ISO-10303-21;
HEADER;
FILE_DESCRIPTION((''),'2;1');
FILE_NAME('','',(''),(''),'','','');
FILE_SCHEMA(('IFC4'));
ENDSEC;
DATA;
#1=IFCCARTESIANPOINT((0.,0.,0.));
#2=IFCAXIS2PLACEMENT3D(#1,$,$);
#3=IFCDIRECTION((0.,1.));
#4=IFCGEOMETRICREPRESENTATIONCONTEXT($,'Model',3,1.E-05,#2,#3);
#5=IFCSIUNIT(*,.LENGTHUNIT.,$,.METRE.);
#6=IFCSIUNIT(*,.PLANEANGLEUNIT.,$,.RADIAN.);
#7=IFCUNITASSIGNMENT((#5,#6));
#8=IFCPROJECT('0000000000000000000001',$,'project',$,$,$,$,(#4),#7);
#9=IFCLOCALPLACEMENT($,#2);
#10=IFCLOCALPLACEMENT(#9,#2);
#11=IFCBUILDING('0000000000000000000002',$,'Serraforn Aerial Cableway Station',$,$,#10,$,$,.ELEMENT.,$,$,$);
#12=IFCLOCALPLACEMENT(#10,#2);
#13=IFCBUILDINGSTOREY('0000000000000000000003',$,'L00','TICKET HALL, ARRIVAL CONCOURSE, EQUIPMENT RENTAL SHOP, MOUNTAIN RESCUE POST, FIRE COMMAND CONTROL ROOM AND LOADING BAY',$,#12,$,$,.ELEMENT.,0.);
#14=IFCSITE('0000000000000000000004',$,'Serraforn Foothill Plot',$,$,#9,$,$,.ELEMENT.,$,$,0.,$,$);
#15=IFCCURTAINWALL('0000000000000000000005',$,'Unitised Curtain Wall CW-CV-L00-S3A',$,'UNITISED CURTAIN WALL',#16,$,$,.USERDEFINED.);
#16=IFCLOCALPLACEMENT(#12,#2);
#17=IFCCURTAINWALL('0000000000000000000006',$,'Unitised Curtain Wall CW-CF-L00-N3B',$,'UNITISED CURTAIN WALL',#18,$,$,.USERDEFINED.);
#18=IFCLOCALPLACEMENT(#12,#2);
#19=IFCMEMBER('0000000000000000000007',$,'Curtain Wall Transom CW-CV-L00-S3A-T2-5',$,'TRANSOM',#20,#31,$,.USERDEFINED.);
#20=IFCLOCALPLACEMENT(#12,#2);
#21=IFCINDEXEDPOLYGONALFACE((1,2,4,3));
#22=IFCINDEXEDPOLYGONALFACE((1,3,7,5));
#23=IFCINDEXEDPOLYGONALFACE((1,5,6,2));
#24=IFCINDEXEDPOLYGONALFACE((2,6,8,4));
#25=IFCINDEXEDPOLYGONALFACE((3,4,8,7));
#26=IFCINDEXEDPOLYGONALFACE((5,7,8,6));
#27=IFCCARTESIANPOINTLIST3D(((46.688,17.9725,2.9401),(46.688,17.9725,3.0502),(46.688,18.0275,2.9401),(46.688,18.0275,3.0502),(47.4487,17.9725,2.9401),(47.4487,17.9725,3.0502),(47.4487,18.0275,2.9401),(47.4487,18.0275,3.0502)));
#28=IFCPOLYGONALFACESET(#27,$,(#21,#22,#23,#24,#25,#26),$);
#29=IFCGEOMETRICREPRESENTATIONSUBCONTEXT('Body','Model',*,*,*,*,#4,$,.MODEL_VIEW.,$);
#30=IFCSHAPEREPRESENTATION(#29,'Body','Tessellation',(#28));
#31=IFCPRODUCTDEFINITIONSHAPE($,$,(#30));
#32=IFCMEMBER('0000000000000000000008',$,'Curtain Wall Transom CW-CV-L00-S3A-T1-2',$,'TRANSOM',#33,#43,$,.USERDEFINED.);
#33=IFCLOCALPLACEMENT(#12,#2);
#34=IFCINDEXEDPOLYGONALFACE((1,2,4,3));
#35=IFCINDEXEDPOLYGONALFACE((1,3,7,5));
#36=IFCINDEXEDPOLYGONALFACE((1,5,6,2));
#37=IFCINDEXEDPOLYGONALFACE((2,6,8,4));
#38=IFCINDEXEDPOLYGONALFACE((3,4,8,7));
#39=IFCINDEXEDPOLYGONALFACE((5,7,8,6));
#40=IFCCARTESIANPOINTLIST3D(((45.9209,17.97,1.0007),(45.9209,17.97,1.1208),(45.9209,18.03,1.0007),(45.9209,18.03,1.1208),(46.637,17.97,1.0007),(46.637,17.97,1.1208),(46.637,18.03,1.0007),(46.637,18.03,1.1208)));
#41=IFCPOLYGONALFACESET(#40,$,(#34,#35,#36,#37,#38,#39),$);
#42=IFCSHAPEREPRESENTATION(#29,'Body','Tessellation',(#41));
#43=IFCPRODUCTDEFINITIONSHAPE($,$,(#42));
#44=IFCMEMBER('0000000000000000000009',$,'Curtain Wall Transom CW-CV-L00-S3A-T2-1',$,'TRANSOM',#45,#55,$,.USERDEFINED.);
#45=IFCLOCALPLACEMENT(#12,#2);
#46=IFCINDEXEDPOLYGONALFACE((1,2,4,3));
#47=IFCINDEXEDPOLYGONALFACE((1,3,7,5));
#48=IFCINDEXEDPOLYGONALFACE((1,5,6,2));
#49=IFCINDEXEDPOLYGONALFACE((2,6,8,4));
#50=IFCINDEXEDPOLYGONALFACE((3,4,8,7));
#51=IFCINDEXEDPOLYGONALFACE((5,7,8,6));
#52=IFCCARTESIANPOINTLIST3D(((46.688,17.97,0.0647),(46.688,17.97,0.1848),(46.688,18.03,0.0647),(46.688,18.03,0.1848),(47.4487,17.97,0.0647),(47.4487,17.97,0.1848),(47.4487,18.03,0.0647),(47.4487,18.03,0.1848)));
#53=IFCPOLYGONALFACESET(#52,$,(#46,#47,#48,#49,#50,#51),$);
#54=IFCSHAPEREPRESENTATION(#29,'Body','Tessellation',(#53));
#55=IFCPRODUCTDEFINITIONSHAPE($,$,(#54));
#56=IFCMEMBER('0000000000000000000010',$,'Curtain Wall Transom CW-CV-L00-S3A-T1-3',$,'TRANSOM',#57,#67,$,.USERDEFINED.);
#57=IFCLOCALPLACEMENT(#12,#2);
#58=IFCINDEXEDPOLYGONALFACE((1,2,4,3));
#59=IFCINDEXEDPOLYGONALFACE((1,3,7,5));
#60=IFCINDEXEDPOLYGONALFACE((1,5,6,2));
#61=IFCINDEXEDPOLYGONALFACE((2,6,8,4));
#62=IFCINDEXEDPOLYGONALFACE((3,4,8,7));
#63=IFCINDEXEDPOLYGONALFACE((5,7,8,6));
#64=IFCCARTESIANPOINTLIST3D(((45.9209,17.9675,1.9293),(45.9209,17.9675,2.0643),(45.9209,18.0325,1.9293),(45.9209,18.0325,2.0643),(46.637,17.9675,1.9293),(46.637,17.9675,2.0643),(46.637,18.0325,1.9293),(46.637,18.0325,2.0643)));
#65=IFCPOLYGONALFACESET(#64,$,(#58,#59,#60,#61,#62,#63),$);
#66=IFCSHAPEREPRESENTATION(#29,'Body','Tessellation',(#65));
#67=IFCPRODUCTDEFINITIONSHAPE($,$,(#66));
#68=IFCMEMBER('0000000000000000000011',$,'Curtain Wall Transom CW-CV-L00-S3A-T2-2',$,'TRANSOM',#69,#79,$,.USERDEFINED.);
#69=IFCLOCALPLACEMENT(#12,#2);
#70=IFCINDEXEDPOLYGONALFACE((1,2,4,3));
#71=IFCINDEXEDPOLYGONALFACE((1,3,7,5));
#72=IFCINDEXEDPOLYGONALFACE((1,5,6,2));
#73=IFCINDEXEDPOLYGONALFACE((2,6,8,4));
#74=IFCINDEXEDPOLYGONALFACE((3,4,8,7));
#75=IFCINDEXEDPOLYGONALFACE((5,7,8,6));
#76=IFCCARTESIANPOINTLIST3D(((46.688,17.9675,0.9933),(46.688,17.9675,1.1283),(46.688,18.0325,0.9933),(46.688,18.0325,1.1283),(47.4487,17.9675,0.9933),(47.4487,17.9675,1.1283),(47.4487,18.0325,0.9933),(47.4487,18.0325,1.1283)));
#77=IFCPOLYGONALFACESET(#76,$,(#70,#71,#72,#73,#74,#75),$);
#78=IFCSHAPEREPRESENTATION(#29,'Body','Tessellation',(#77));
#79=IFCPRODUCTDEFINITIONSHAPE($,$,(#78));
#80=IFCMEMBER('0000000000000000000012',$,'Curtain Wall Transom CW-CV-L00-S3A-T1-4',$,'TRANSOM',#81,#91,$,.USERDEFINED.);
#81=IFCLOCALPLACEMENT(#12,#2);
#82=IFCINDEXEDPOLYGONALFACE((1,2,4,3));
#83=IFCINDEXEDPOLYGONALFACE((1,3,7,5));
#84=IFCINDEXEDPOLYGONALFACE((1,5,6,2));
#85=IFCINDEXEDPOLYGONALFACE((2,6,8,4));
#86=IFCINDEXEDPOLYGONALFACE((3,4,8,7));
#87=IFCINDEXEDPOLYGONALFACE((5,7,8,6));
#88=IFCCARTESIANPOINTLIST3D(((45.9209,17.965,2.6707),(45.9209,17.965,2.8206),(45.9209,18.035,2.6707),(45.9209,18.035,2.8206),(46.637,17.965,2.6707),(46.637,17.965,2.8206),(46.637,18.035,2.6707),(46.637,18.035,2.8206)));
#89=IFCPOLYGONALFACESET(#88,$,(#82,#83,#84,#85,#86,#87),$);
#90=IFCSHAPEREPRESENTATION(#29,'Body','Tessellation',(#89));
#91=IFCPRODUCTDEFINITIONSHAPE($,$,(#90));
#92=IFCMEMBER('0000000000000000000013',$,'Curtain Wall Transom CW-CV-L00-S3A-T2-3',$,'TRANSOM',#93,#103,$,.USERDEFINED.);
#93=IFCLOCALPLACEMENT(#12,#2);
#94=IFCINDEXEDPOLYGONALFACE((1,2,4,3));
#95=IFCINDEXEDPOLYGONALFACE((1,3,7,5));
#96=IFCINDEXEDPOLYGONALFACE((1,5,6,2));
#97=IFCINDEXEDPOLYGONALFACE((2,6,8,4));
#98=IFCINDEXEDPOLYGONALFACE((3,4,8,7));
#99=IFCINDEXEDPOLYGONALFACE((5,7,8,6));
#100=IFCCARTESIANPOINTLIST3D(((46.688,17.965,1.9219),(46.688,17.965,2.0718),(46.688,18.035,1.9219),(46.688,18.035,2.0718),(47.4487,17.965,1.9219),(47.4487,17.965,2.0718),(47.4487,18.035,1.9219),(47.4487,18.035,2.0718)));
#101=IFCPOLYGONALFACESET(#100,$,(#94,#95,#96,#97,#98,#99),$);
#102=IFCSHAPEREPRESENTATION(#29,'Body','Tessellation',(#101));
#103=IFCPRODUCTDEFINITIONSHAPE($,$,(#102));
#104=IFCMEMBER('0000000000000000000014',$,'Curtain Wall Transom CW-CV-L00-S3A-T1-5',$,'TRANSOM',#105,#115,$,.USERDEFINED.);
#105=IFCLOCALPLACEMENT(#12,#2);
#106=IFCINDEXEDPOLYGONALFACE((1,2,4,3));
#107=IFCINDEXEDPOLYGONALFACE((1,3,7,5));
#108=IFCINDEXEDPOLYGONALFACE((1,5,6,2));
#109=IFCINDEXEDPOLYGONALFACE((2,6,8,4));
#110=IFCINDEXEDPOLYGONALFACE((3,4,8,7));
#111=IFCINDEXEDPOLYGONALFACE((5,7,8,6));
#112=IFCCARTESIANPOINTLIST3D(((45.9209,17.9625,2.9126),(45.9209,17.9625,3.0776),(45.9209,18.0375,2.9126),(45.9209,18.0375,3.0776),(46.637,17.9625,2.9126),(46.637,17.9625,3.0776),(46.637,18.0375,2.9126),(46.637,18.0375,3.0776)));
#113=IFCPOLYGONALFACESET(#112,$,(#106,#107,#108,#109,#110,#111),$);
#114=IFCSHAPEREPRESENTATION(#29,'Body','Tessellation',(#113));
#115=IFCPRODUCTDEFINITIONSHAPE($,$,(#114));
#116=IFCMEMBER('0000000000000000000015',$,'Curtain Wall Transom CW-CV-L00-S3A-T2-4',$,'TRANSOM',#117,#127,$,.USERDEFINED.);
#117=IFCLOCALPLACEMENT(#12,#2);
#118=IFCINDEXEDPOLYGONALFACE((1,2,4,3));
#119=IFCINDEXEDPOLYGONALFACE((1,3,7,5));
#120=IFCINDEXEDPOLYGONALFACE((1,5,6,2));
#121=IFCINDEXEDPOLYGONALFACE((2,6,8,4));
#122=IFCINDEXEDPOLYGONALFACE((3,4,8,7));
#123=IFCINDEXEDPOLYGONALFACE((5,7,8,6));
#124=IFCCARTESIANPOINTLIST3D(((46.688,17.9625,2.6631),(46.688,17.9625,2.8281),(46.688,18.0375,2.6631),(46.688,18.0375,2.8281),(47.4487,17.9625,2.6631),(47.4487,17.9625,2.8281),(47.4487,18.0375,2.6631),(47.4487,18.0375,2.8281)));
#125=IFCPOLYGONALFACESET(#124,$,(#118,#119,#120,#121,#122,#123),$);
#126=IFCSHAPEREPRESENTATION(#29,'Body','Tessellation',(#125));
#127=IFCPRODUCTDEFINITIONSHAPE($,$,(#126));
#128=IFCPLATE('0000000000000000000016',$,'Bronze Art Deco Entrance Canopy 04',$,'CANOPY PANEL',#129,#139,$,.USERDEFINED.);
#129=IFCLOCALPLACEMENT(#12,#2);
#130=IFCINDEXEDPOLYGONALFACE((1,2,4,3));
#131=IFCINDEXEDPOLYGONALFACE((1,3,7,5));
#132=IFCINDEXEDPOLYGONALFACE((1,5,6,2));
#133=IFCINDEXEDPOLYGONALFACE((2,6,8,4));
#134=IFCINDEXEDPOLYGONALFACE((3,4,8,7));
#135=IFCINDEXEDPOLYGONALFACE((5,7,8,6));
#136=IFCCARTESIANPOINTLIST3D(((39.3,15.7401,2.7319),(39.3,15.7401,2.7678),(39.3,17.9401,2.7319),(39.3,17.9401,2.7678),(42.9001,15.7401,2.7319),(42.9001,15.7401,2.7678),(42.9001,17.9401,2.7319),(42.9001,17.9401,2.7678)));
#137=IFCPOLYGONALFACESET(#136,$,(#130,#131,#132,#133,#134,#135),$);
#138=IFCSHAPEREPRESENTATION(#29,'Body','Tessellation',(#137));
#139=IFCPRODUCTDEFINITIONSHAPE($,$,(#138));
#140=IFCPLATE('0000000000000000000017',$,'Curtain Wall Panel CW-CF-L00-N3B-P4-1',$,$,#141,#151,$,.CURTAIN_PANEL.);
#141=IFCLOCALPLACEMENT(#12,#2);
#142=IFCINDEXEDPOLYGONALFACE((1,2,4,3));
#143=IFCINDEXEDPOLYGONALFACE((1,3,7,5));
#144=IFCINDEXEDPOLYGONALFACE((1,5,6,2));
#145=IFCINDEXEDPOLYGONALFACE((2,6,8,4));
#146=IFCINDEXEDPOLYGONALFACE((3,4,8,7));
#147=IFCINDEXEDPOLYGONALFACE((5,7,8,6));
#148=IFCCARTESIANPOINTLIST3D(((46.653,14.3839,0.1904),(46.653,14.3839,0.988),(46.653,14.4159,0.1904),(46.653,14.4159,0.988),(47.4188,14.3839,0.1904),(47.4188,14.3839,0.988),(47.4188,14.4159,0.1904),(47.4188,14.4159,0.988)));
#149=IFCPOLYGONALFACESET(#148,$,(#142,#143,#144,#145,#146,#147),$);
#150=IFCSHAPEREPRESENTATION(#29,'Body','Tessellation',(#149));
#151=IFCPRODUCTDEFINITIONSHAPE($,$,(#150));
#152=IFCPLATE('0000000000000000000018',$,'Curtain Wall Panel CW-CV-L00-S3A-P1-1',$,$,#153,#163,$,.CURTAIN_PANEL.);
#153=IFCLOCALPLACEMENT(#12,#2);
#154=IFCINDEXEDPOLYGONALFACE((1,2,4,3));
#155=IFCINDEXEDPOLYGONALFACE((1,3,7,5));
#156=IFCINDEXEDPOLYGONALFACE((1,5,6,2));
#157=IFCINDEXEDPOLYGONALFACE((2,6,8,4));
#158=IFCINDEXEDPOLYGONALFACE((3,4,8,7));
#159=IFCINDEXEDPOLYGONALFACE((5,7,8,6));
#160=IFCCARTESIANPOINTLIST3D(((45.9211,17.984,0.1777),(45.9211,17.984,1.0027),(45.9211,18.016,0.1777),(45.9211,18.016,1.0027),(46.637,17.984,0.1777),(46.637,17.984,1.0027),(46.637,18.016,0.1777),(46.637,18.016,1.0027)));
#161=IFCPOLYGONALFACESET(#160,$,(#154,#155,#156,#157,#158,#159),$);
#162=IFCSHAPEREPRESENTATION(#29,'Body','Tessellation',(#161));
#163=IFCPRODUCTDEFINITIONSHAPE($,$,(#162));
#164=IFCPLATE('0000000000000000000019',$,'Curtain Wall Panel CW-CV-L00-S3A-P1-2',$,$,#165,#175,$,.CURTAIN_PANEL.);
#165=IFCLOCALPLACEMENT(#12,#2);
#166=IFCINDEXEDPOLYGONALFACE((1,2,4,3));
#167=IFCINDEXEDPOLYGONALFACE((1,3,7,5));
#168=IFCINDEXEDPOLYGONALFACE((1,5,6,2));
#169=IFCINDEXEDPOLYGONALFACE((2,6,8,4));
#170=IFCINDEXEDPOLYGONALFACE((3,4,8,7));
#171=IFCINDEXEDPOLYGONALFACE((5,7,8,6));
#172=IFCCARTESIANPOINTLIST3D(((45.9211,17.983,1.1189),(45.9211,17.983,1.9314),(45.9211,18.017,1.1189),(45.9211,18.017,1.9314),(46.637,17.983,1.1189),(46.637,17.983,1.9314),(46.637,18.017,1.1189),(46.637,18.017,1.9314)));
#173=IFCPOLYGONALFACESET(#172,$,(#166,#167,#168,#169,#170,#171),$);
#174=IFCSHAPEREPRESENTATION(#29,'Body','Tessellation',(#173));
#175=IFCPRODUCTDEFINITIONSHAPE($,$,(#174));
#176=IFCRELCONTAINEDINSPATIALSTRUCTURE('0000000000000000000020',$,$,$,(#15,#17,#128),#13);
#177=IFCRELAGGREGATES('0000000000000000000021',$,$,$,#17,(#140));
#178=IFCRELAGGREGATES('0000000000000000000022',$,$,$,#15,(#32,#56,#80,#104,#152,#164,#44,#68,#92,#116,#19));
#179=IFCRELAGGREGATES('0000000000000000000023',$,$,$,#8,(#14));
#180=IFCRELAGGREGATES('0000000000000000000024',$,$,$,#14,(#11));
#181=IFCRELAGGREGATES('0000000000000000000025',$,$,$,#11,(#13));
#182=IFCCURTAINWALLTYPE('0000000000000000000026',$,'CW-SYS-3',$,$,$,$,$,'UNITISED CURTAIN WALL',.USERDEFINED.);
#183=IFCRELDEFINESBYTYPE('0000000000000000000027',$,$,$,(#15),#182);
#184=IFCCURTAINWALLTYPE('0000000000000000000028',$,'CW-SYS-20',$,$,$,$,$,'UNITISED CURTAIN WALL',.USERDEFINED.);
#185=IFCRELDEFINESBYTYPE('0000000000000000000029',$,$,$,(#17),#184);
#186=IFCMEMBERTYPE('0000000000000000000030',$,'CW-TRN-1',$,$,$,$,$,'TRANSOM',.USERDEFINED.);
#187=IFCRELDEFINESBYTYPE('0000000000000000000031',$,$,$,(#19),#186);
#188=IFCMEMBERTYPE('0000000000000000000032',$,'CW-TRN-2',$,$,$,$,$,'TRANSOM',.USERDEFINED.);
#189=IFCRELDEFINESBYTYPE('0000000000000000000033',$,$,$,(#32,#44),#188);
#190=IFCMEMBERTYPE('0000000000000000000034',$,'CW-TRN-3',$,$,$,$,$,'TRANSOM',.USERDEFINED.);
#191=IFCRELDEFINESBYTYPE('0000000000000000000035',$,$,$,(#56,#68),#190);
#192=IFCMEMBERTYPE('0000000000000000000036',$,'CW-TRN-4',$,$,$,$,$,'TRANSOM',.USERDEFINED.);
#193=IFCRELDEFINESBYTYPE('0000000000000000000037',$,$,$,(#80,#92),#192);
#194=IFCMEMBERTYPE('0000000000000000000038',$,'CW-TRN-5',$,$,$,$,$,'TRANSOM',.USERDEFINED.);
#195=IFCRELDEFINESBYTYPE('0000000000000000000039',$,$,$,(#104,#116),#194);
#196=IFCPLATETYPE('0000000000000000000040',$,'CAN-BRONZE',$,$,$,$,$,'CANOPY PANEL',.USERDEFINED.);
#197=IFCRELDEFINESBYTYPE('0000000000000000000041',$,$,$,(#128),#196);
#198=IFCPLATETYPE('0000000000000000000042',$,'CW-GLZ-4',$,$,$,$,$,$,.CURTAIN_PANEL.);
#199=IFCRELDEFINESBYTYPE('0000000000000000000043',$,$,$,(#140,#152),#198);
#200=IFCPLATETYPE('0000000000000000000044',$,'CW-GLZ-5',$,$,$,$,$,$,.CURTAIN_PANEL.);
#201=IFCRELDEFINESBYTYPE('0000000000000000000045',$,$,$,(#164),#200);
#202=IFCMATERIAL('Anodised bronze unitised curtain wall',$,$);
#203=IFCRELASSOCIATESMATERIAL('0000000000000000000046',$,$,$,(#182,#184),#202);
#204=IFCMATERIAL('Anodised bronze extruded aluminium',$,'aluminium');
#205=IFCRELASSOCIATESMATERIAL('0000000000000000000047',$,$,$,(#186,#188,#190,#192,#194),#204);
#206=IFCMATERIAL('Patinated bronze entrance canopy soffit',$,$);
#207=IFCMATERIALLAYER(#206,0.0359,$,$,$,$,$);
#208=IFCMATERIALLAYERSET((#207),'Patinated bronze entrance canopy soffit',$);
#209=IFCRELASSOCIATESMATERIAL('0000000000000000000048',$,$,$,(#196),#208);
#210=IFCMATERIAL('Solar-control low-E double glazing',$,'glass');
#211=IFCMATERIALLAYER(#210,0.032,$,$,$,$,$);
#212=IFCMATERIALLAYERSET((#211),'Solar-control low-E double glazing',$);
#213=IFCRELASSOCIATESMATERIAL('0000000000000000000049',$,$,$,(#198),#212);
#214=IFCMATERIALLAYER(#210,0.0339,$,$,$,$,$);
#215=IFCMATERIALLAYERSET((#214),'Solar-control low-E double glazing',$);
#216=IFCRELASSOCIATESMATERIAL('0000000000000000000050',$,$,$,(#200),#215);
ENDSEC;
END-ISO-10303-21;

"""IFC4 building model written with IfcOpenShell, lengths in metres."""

from ifc_helpers import new_model, si_unit, direction, frame, origin, origin_2d, place, context, subcontext, project, spatial, rectangle, extrude, material, layer, layer_set, material_profile, profile_set, type_object, element, aggregate, save


model = new_model("IFC4")

# Units and contexts
model_context = context("Model", 3, precision=1e-05, world=origin(), true_north=direction((0.0, 1.0)))
body_context = subcontext(model_context, "Body", "Model", "MODEL_VIEW")
ifc_project = project(units=[si_unit("LENGTHUNIT", "METRE"), si_unit("PLANEANGLEUNIT", "RADIAN")], contexts=[model_context])

# Site, building, storey
site_placement = place(None, origin())
site = spatial("IfcSite", under=ifc_project, at=site_placement, Name="Serraforn Foothill Plot", CompositionType="ELEMENT", RefElevation=0.0)
building_placement = place(site_placement, origin())
building = spatial("IfcBuilding", under=site, at=building_placement, Name="Serraforn Aerial Cableway Station", CompositionType="ELEMENT")
storey_placement = place(building_placement, origin())
storey = spatial("IfcBuildingStorey", under=building, at=storey_placement, Name="L00", Description="TICKET HALL, ARRIVAL CONCOURSE, EQUIPMENT RENTAL SHOP, MOUNTAIN RESCUE POST, FIRE COMMAND CONTROL ROOM AND LOADING BAY", CompositionType="ELEMENT", Elevation=0.0)

# Curtain walls
ifc_material_1 = material(Name="Anodised bronze unitised curtain wall")
curtain_wall_type_1 = type_object("IfcCurtainWallType", Name="CW-SYS-3", ElementType="UNITISED CURTAIN WALL", PredefinedType="USERDEFINED", material=ifc_material_1)
curtain_wall_1_placement = place(storey_placement, origin())
curtain_wall_1 = element("IfcCurtainWall", 1, at=curtain_wall_1_placement, inside=storey, type_object=curtain_wall_type_1, Name="Unitised Curtain Wall CW-CV-L00-S3A", ObjectType="UNITISED CURTAIN WALL", PredefinedType="USERDEFINED")
ifc_material_2 = material(Name="Anodised bronze extruded aluminium", Category="aluminium")
curtain_wall_type_2 = type_object("IfcCurtainWallType", Name="CW-SYS-20", ElementType="UNITISED CURTAIN WALL", PredefinedType="USERDEFINED", material=ifc_material_1)
curtain_wall_2_placement = place(storey_placement, origin())
curtain_wall_2 = element("IfcCurtainWall", 2, at=curtain_wall_2_placement, inside=storey, type_object=curtain_wall_type_2, Name="Unitised Curtain Wall CW-CF-L00-N3B", ObjectType="UNITISED CURTAIN WALL", PredefinedType="USERDEFINED")

# Members
ifc_material_profile_1 = material_profile(ifc_material_2, rectangle(XDim=0.0549, YDim=0.1101, at=origin_2d()), Name="CW TRANSOM 55x110")
ifc_profile_set_1 = profile_set([ifc_material_profile_1], Name="Anodised bronze extruded aluminium")
member_type_1 = type_object("IfcMemberType", Name="CW-TRN-1", ElementType="TRANSOM", PredefinedType="USERDEFINED", material=ifc_profile_set_1)
member_1_placement = place(storey_placement, frame((46.688, 18.0, 2.9951), z_axis=(1.0, 0.0, 0.0), x_axis=(0.0, 1.0, 0.0)))
member_1 = element("IfcMember", 3, at=member_1_placement, type_object=member_type_1, Name="Curtain Wall Transom CW-CV-L00-S3A-T2-5", ObjectType="TRANSOM", PredefinedType="USERDEFINED", context=body_context, shape_type="SweptSolid", body=[
    extrude(rectangle(XDim=0.0549, YDim=0.1101, at=origin_2d()), origin(), (0.0, 0.0, 1.0), 0.7607),
])
ifc_material_profile_2 = material_profile(ifc_material_2, rectangle(XDim=0.0601, YDim=0.1201, at=origin_2d()), Name="CW TRANSOM 60x120")
ifc_profile_set_2 = profile_set([ifc_material_profile_2], Name="Anodised bronze extruded aluminium")
member_type_2 = type_object("IfcMemberType", Name="CW-TRN-2", ElementType="TRANSOM", PredefinedType="USERDEFINED", material=ifc_profile_set_2)
member_2_placement = place(storey_placement, frame((45.9209, 18.0, 1.0608), z_axis=(1.0, 0.0, 0.0), x_axis=(0.0, 1.0, 0.0)))
member_2 = element("IfcMember", 4, at=member_2_placement, type_object=member_type_2, Name="Curtain Wall Transom CW-CV-L00-S3A-T1-2", ObjectType="TRANSOM", PredefinedType="USERDEFINED", context=body_context, shape_type="SweptSolid", body=[
    extrude(rectangle(XDim=0.0601, YDim=0.1201, at=origin_2d()), origin(), (0.0, 0.0, 1.0), 0.7161),
])
member_3_placement = place(storey_placement, frame((46.688, 18.0, 0.1248), z_axis=(1.0, 0.0, 0.0), x_axis=(0.0, 1.0, 0.0)))
member_3 = element("IfcMember", 5, at=member_3_placement, type_object=member_type_2, Name="Curtain Wall Transom CW-CV-L00-S3A-T2-1", ObjectType="TRANSOM", PredefinedType="USERDEFINED", context=body_context, shape_type="SweptSolid", body=[
    extrude(rectangle(XDim=0.0601, YDim=0.1201, at=origin_2d()), origin(), (0.0, 0.0, 1.0), 0.7607),
])
ifc_material_profile_3 = material_profile(ifc_material_2, rectangle(XDim=0.0649, YDim=0.135, at=origin_2d()), Name="CW TRANSOM 65x135")
ifc_profile_set_3 = profile_set([ifc_material_profile_3], Name="Anodised bronze extruded aluminium")
member_type_3 = type_object("IfcMemberType", Name="CW-TRN-3", ElementType="TRANSOM", PredefinedType="USERDEFINED", material=ifc_profile_set_3)
member_4_placement = place(storey_placement, frame((45.9209, 18.0, 1.9968), z_axis=(1.0, 0.0, 0.0), x_axis=(0.0, 1.0, 0.0)))
member_4 = element("IfcMember", 6, at=member_4_placement, type_object=member_type_3, Name="Curtain Wall Transom CW-CV-L00-S3A-T1-3", ObjectType="TRANSOM", PredefinedType="USERDEFINED", context=body_context, shape_type="SweptSolid", body=[
    extrude(rectangle(XDim=0.0649, YDim=0.135, at=origin_2d()), origin(), (0.0, 0.0, 1.0), 0.7161),
])
member_5_placement = place(storey_placement, frame((46.688, 18.0, 1.0608), z_axis=(1.0, 0.0, 0.0), x_axis=(0.0, 1.0, 0.0)))
member_5 = element("IfcMember", 7, at=member_5_placement, type_object=member_type_3, Name="Curtain Wall Transom CW-CV-L00-S3A-T2-2", ObjectType="TRANSOM", PredefinedType="USERDEFINED", context=body_context, shape_type="SweptSolid", body=[
    extrude(rectangle(XDim=0.0649, YDim=0.135, at=origin_2d()), origin(), (0.0, 0.0, 1.0), 0.7607),
])
ifc_material_profile_4 = material_profile(ifc_material_2, rectangle(XDim=0.0701, YDim=0.1499, at=origin_2d()), Name="CW TRANSOM 70x150")
ifc_profile_set_4 = profile_set([ifc_material_profile_4], Name="Anodised bronze extruded aluminium")
member_type_4 = type_object("IfcMemberType", Name="CW-TRN-4", ElementType="TRANSOM", PredefinedType="USERDEFINED", material=ifc_profile_set_4)
member_6_placement = place(storey_placement, frame((45.9209, 18.0, 2.7456), z_axis=(1.0, 0.0, 0.0), x_axis=(0.0, 1.0, 0.0)))
member_6 = element("IfcMember", 8, at=member_6_placement, type_object=member_type_4, Name="Curtain Wall Transom CW-CV-L00-S3A-T1-4", ObjectType="TRANSOM", PredefinedType="USERDEFINED", context=body_context, shape_type="SweptSolid", body=[
    extrude(rectangle(XDim=0.0701, YDim=0.1499, at=origin_2d()), origin(), (0.0, 0.0, 1.0), 0.7161),
])
member_7_placement = place(storey_placement, frame((46.688, 18.0, 1.9968), z_axis=(1.0, 0.0, 0.0), x_axis=(0.0, 1.0, 0.0)))
member_7 = element("IfcMember", 9, at=member_7_placement, type_object=member_type_4, Name="Curtain Wall Transom CW-CV-L00-S3A-T2-3", ObjectType="TRANSOM", PredefinedType="USERDEFINED", context=body_context, shape_type="SweptSolid", body=[
    extrude(rectangle(XDim=0.0701, YDim=0.1499, at=origin_2d()), origin(), (0.0, 0.0, 1.0), 0.7607),
])
ifc_material_profile_5 = material_profile(ifc_material_2, rectangle(XDim=0.075, YDim=0.165, at=origin_2d()), Name="CW TRANSOM 75x165")
ifc_profile_set_5 = profile_set([ifc_material_profile_5], Name="Anodised bronze extruded aluminium")
member_type_5 = type_object("IfcMemberType", Name="CW-TRN-5", ElementType="TRANSOM", PredefinedType="USERDEFINED", material=ifc_profile_set_5)
member_8_placement = place(storey_placement, frame((45.9209, 18.0, 2.9951), z_axis=(1.0, 0.0, 0.0), x_axis=(0.0, 1.0, 0.0)))
member_8 = element("IfcMember", 10, at=member_8_placement, type_object=member_type_5, Name="Curtain Wall Transom CW-CV-L00-S3A-T1-5", ObjectType="TRANSOM", PredefinedType="USERDEFINED", context=body_context, shape_type="SweptSolid", body=[
    extrude(rectangle(XDim=0.075, YDim=0.165, at=origin_2d()), origin(), (0.0, 0.0, 1.0), 0.7161),
])
member_9_placement = place(storey_placement, frame((46.688, 18.0, 2.7456), z_axis=(1.0, 0.0, 0.0), x_axis=(0.0, 1.0, 0.0)))
member_9 = element("IfcMember", 11, at=member_9_placement, type_object=member_type_5, Name="Curtain Wall Transom CW-CV-L00-S3A-T2-4", ObjectType="TRANSOM", PredefinedType="USERDEFINED", context=body_context, shape_type="SweptSolid", body=[
    extrude(rectangle(XDim=0.075, YDim=0.165, at=origin_2d()), origin(), (0.0, 0.0, 1.0), 0.7607),
])

# Plates
ifc_material_3 = material(Name="Patinated bronze entrance canopy soffit")
ifc_layer_1 = layer(ifc_material_3, 0.0359)
ifc_layer_set_1 = layer_set([ifc_layer_1], Name="Patinated bronze entrance canopy soffit")
plate_type_1 = type_object("IfcPlateType", Name="CAN-BRONZE", ElementType="CANOPY PANEL", PredefinedType="USERDEFINED", material=ifc_layer_set_1)
plate_1_placement = place(storey_placement, frame((41.1001, 16.8401, 2.7319), z_axis=(0.0, 0.0, 1.0), x_axis=(1.0, 0.0, 0.0)))
element("IfcPlate", 12, at=plate_1_placement, inside=storey, type_object=plate_type_1, Name="Bronze Art Deco Entrance Canopy 04", ObjectType="CANOPY PANEL", PredefinedType="USERDEFINED", context=body_context, shape_type="SweptSolid", body=[
    extrude(rectangle(XDim=3.6001, YDim=2.2, at=origin_2d()), origin(), (0.0, 0.0, 1.0), 0.0359),
])
ifc_material_4 = material(Name="Solar-control low-E double glazing", Category="glass")
ifc_layer_2 = layer(ifc_material_4, 0.032)
ifc_layer_set_2 = layer_set([ifc_layer_2], Name="Solar-control low-E double glazing")
plate_type_2 = type_object("IfcPlateType", Name="CW-GLZ-4", PredefinedType="CURTAIN_PANEL", material=ifc_layer_set_2)
plate_2_placement = place(storey_placement, frame((47.0359, 14.3999, 0.1904), z_axis=(0.0, 0.0, 1.0), x_axis=(1.0, 0.0, 0.0)))
plate_2 = element("IfcPlate", 13, at=plate_2_placement, type_object=plate_type_2, Name="Curtain Wall Panel CW-CF-L00-N3B-P4-1", PredefinedType="CURTAIN_PANEL", context=body_context, shape_type="SweptSolid", body=[
    extrude(rectangle(XDim=0.7659, YDim=0.032, at=origin_2d()), origin(), (0.0, 0.0, 1.0), 0.7976),
])
aggregate(curtain_wall_2, [plate_2])
plate_3_placement = place(storey_placement, frame((46.2791, 18.0, 0.1777), z_axis=(0.0, 0.0, 1.0), x_axis=(1.0, 0.0, 0.0)))
plate_3 = element("IfcPlate", 14, at=plate_3_placement, type_object=plate_type_2, Name="Curtain Wall Panel CW-CV-L00-S3A-P1-1", PredefinedType="CURTAIN_PANEL", context=body_context, shape_type="SweptSolid", body=[
    extrude(rectangle(XDim=0.7158, YDim=0.032, at=origin_2d()), origin(), (0.0, 0.0, 1.0), 0.825),
])
ifc_layer_3 = layer(ifc_material_4, 0.0339)
ifc_layer_set_3 = layer_set([ifc_layer_3], Name="Solar-control low-E double glazing")
plate_type_3 = type_object("IfcPlateType", Name="CW-GLZ-5", PredefinedType="CURTAIN_PANEL", material=ifc_layer_set_3)
plate_4_placement = place(storey_placement, frame((46.2791, 18.0, 1.1189), z_axis=(0.0, 0.0, 1.0), x_axis=(1.0, 0.0, 0.0)))
plate_4 = element("IfcPlate", 15, at=plate_4_placement, type_object=plate_type_3, Name="Curtain Wall Panel CW-CV-L00-S3A-P1-2", PredefinedType="CURTAIN_PANEL", context=body_context, shape_type="SweptSolid", body=[
    extrude(rectangle(XDim=0.7158, YDim=0.0339, at=origin_2d()), origin(), (0.0, 0.0, 1.0), 0.8125),
])
aggregate(curtain_wall_1, [member_2, member_4, member_6, member_8, plate_3, plate_4, member_3, member_5, member_7, member_9, member_1])

save(model, "model.ifc")
